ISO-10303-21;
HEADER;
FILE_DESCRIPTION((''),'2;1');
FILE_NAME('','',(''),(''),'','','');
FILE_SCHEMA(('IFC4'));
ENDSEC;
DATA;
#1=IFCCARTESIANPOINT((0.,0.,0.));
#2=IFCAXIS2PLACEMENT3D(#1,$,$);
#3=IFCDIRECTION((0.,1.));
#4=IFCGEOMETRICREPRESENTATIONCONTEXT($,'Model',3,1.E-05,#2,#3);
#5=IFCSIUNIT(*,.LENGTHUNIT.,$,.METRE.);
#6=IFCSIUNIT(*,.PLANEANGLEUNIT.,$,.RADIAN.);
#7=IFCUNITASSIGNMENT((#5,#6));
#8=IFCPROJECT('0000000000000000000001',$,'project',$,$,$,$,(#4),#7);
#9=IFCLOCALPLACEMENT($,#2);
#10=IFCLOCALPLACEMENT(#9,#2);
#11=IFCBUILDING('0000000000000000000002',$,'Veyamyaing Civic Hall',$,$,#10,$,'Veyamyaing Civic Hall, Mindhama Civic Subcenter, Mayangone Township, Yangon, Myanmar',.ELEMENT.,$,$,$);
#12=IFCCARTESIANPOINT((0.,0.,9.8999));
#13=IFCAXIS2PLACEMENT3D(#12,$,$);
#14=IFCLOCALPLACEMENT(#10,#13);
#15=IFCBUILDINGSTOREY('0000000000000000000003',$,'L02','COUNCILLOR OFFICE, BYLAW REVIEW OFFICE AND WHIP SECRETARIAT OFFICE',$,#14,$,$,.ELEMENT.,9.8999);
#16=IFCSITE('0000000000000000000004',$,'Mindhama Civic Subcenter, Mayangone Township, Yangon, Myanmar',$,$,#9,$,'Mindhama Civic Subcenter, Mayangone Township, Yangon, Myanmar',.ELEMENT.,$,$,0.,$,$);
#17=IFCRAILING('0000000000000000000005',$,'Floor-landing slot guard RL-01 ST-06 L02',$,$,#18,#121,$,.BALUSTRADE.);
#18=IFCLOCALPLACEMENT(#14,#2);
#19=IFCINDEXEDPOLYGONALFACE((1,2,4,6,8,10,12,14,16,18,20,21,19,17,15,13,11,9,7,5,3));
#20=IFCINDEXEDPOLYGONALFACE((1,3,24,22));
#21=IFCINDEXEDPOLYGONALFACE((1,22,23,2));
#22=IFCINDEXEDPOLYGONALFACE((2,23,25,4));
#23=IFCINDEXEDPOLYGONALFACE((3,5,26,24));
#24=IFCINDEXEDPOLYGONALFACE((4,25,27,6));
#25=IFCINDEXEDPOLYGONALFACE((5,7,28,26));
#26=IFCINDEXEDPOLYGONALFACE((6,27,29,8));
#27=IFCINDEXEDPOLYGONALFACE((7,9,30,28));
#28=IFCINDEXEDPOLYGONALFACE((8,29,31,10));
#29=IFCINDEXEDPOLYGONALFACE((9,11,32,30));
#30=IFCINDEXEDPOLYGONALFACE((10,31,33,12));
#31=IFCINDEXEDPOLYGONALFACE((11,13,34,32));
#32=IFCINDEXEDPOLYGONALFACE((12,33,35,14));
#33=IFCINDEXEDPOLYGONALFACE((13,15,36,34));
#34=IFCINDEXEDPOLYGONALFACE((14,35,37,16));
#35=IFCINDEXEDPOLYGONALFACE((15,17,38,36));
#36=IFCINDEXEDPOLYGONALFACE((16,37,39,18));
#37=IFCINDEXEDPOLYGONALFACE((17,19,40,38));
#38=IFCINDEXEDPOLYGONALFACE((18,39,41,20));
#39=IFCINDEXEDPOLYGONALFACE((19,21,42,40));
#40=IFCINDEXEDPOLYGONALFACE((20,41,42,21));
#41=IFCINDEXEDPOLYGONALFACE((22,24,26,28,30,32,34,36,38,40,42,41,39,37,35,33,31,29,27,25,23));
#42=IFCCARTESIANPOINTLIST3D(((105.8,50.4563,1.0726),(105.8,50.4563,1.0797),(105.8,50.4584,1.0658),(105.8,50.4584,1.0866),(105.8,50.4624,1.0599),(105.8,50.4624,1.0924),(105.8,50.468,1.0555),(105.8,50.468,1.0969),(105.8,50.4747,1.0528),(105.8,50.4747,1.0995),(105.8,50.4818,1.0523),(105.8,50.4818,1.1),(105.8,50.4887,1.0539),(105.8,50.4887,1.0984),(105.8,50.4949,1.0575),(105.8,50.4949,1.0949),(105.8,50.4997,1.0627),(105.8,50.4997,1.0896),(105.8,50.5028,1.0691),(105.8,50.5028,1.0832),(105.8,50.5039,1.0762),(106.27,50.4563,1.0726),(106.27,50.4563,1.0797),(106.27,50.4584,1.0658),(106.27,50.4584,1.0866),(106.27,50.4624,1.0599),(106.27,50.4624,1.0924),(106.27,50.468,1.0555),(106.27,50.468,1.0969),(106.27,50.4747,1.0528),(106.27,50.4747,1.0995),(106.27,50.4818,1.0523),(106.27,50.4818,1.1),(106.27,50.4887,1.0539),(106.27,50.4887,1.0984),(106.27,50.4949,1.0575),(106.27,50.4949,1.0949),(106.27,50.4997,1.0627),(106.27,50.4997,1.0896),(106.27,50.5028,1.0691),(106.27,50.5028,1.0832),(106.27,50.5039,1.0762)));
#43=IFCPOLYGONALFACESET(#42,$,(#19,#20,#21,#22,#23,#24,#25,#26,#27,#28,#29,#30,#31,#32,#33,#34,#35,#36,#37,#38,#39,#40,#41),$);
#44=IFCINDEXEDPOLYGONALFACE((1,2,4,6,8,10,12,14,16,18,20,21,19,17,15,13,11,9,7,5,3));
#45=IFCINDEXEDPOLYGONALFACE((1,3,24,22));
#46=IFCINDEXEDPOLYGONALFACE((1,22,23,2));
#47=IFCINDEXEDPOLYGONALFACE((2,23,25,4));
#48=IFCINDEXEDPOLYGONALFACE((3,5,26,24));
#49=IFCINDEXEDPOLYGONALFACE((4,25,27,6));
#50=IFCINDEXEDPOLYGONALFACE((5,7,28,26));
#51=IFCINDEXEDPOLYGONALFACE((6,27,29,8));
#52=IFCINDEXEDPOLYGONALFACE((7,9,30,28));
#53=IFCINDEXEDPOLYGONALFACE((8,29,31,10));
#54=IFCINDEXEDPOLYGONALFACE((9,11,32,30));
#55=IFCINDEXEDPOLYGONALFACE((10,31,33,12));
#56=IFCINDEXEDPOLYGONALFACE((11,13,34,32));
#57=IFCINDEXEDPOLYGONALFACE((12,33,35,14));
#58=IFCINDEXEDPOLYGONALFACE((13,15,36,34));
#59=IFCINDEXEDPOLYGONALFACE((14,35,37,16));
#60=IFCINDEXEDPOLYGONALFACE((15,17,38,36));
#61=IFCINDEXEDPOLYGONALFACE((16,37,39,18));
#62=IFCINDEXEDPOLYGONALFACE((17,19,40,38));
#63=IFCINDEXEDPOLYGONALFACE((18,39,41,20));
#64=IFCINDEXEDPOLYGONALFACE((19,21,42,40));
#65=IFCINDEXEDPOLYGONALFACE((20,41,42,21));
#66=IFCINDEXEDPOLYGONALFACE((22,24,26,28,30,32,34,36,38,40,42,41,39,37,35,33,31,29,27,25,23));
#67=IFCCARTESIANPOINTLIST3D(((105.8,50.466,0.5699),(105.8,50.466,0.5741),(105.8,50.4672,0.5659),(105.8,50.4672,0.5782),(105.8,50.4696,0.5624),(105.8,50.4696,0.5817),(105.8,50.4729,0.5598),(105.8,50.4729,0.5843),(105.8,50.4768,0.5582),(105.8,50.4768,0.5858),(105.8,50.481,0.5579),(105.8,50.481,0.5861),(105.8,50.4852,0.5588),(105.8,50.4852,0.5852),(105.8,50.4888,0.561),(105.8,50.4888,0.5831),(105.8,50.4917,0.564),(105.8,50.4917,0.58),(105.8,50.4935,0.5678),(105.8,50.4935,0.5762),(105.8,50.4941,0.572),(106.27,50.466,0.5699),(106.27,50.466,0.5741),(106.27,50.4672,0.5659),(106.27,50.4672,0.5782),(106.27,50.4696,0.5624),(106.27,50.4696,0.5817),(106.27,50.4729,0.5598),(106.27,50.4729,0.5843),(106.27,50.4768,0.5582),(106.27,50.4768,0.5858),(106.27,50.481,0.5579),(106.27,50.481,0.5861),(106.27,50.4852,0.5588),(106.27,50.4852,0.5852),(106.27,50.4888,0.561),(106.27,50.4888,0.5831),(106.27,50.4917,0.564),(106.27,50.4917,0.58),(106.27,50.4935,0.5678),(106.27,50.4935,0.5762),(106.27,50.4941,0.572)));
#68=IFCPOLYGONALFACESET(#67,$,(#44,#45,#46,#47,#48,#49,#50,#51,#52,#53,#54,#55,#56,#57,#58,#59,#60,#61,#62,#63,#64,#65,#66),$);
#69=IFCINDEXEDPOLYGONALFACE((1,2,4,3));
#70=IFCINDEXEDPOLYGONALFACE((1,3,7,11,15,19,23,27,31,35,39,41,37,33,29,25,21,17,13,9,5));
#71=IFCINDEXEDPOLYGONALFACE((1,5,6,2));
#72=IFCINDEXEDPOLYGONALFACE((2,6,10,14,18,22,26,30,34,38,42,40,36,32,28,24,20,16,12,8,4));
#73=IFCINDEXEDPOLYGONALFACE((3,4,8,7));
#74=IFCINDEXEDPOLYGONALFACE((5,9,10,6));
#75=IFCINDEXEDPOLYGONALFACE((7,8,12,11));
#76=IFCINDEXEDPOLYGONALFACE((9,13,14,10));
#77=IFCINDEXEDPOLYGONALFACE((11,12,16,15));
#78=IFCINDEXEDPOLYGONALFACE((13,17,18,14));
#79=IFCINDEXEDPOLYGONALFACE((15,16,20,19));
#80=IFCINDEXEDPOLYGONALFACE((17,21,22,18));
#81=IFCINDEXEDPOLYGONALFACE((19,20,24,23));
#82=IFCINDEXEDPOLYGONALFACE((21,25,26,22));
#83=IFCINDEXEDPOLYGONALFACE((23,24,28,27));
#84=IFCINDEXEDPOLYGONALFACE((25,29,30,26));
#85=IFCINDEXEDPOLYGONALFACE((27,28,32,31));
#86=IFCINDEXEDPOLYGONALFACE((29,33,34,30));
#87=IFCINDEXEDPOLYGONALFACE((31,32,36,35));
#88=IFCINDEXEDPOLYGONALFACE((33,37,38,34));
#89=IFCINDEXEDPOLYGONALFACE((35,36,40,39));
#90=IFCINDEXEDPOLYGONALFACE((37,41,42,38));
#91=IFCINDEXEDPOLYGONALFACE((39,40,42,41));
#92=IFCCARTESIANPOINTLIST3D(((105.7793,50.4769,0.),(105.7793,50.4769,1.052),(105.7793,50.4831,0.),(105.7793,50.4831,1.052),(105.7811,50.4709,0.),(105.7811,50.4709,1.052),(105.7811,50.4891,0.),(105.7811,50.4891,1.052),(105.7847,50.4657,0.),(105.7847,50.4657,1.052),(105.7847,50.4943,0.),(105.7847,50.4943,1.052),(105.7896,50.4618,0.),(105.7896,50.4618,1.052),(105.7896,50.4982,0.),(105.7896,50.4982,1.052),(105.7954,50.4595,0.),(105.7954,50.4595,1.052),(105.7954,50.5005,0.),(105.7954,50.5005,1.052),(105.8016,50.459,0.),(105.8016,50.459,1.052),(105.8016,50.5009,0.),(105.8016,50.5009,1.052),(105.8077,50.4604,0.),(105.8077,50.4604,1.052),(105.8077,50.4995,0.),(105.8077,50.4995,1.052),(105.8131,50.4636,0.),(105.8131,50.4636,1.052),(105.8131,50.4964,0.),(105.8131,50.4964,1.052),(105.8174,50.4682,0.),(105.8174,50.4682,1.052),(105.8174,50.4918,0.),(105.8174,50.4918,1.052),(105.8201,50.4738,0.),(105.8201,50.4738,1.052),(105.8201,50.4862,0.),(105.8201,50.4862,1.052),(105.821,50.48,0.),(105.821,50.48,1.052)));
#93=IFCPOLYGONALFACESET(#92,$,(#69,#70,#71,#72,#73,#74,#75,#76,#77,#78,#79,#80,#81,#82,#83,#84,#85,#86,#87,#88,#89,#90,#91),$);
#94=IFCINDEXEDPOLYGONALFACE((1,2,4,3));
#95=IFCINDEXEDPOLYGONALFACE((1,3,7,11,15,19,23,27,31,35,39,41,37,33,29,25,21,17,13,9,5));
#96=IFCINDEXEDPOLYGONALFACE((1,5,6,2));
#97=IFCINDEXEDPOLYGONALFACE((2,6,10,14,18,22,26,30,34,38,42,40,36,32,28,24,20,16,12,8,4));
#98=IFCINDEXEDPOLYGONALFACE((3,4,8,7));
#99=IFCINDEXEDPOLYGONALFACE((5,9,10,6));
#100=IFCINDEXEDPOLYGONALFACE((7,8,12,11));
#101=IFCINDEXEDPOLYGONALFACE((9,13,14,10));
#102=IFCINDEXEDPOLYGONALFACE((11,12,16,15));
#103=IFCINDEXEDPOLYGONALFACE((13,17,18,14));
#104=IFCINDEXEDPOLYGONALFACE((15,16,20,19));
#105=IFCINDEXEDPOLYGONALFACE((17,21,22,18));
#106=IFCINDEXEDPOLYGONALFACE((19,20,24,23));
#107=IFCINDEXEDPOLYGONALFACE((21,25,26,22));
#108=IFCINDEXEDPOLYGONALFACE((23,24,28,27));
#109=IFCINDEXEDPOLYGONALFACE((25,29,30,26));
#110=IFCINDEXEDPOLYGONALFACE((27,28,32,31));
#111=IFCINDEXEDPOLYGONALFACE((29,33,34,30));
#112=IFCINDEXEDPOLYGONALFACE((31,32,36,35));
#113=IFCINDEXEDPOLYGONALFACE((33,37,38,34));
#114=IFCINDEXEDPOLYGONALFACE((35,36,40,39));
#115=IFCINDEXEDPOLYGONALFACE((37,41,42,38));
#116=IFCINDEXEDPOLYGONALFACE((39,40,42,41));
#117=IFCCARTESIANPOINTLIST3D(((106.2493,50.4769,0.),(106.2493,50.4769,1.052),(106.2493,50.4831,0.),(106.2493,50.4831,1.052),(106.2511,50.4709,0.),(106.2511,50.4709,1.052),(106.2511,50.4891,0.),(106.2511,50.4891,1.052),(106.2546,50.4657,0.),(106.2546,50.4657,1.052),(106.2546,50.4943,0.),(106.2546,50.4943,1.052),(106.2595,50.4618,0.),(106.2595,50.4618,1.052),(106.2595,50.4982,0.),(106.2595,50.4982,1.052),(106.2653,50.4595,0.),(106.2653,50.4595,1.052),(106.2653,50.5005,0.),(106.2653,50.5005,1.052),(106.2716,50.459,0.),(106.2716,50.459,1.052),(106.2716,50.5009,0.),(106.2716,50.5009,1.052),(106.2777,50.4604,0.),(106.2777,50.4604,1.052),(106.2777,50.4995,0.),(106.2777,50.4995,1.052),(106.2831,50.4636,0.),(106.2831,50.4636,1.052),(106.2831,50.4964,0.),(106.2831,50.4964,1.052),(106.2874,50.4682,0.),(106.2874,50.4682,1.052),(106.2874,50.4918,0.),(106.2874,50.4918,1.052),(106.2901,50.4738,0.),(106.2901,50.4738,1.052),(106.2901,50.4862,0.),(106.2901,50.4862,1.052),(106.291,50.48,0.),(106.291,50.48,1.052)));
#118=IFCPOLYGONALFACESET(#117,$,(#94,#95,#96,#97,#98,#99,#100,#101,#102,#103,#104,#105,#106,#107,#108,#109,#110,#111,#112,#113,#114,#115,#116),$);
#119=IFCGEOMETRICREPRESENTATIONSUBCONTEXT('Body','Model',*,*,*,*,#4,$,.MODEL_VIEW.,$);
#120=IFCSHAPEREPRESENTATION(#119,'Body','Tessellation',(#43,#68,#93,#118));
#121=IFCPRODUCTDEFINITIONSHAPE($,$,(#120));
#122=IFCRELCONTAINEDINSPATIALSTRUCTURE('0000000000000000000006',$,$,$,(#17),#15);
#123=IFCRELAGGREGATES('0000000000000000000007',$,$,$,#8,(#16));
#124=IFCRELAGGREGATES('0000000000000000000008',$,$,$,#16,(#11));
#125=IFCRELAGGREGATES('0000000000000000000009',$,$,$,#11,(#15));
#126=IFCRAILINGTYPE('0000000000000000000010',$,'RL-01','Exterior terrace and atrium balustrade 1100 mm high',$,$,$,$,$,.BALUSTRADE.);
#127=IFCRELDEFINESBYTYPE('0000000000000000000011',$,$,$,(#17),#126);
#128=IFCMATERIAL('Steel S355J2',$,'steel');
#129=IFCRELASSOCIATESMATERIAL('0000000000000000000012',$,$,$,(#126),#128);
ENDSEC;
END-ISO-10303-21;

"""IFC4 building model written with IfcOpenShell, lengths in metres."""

from ifc_helpers import new_model, si_unit, direction, frame, origin, origin_2d, place, context, subcontext, project, spatial, circle, extrude, material, type_object, element, save


model = new_model("IFC4")

# Units and contexts
model_context = context("Model", 3, precision=1e-05, world=origin(), true_north=direction((0.0, 1.0)))
body_context = subcontext(model_context, "Body", "Model", "MODEL_VIEW")
ifc_project = project(units=[si_unit("LENGTHUNIT", "METRE"), si_unit("PLANEANGLEUNIT", "RADIAN")], contexts=[model_context])

# Site, building, storey
site_placement = place(None, origin())
site = spatial("IfcSite", under=ifc_project, at=site_placement, Name="Mindhama Civic Subcenter, Mayangone Township, Yangon, Myanmar", LongName="Mindhama Civic Subcenter, Mayangone Township, Yangon, Myanmar", CompositionType="ELEMENT", RefElevation=0.0)
building_placement = place(site_placement, origin())
building = spatial("IfcBuilding", under=site, at=building_placement, Name="Veyamyaing Civic Hall", LongName="Veyamyaing Civic Hall, Mindhama Civic Subcenter, Mayangone Township, Yangon, Myanmar", CompositionType="ELEMENT")
storey_placement = place(building_placement, frame((0.0, 0.0, 9.8999)))
storey = spatial("IfcBuildingStorey", under=building, at=storey_placement, Name="L02", Description="COUNCILLOR OFFICE, BYLAW REVIEW OFFICE AND WHIP SECRETARIAT OFFICE", CompositionType="ELEMENT", Elevation=9.8999)

# Railing
ifc_material_1 = material(Name="Steel S355J2", Category="steel")
railing_type_1 = type_object("IfcRailingType", Name="RL-01", Description="Exterior terrace and atrium balustrade 1100 mm high", PredefinedType="BALUSTRADE", material=ifc_material_1)
railing_1_placement = place(storey_placement, frame((105.8, 50.48, 0.0)))
element("IfcRailing", 1, at=railing_1_placement, inside=storey, type_object=railing_type_1, Name="Floor-landing slot guard RL-01 ST-06 L02", PredefinedType="BALUSTRADE", context=body_context, shape_type="SweptSolid", body=[
    extrude(circle(Radius=0.0239, at=origin_2d()), frame((0.0, 0.0, 1.0762), z_axis=(1.0, 0.0, 0.0), x_axis=(0.0, 1.0, 0.0)), (0.0, 0.0, 1.0), 0.47),
    extrude(circle(Radius=0.0142, at=origin_2d()), frame((0.0, 0.0, 0.572), z_axis=(1.0, 0.0, 0.0), x_axis=(0.0, 1.0, 0.0)), (0.0, 0.0, 1.0), 0.47),
    extrude(circle(Radius=0.021, at=origin_2d()), origin(), (0.0, 0.0, 1.0), 1.052),
    extrude(circle(Radius=0.021, at=origin_2d()), frame((0.47, 0.0, 0.0)), (0.0, 0.0, 1.0), 1.052),
])

save(model, "model.ifc")
